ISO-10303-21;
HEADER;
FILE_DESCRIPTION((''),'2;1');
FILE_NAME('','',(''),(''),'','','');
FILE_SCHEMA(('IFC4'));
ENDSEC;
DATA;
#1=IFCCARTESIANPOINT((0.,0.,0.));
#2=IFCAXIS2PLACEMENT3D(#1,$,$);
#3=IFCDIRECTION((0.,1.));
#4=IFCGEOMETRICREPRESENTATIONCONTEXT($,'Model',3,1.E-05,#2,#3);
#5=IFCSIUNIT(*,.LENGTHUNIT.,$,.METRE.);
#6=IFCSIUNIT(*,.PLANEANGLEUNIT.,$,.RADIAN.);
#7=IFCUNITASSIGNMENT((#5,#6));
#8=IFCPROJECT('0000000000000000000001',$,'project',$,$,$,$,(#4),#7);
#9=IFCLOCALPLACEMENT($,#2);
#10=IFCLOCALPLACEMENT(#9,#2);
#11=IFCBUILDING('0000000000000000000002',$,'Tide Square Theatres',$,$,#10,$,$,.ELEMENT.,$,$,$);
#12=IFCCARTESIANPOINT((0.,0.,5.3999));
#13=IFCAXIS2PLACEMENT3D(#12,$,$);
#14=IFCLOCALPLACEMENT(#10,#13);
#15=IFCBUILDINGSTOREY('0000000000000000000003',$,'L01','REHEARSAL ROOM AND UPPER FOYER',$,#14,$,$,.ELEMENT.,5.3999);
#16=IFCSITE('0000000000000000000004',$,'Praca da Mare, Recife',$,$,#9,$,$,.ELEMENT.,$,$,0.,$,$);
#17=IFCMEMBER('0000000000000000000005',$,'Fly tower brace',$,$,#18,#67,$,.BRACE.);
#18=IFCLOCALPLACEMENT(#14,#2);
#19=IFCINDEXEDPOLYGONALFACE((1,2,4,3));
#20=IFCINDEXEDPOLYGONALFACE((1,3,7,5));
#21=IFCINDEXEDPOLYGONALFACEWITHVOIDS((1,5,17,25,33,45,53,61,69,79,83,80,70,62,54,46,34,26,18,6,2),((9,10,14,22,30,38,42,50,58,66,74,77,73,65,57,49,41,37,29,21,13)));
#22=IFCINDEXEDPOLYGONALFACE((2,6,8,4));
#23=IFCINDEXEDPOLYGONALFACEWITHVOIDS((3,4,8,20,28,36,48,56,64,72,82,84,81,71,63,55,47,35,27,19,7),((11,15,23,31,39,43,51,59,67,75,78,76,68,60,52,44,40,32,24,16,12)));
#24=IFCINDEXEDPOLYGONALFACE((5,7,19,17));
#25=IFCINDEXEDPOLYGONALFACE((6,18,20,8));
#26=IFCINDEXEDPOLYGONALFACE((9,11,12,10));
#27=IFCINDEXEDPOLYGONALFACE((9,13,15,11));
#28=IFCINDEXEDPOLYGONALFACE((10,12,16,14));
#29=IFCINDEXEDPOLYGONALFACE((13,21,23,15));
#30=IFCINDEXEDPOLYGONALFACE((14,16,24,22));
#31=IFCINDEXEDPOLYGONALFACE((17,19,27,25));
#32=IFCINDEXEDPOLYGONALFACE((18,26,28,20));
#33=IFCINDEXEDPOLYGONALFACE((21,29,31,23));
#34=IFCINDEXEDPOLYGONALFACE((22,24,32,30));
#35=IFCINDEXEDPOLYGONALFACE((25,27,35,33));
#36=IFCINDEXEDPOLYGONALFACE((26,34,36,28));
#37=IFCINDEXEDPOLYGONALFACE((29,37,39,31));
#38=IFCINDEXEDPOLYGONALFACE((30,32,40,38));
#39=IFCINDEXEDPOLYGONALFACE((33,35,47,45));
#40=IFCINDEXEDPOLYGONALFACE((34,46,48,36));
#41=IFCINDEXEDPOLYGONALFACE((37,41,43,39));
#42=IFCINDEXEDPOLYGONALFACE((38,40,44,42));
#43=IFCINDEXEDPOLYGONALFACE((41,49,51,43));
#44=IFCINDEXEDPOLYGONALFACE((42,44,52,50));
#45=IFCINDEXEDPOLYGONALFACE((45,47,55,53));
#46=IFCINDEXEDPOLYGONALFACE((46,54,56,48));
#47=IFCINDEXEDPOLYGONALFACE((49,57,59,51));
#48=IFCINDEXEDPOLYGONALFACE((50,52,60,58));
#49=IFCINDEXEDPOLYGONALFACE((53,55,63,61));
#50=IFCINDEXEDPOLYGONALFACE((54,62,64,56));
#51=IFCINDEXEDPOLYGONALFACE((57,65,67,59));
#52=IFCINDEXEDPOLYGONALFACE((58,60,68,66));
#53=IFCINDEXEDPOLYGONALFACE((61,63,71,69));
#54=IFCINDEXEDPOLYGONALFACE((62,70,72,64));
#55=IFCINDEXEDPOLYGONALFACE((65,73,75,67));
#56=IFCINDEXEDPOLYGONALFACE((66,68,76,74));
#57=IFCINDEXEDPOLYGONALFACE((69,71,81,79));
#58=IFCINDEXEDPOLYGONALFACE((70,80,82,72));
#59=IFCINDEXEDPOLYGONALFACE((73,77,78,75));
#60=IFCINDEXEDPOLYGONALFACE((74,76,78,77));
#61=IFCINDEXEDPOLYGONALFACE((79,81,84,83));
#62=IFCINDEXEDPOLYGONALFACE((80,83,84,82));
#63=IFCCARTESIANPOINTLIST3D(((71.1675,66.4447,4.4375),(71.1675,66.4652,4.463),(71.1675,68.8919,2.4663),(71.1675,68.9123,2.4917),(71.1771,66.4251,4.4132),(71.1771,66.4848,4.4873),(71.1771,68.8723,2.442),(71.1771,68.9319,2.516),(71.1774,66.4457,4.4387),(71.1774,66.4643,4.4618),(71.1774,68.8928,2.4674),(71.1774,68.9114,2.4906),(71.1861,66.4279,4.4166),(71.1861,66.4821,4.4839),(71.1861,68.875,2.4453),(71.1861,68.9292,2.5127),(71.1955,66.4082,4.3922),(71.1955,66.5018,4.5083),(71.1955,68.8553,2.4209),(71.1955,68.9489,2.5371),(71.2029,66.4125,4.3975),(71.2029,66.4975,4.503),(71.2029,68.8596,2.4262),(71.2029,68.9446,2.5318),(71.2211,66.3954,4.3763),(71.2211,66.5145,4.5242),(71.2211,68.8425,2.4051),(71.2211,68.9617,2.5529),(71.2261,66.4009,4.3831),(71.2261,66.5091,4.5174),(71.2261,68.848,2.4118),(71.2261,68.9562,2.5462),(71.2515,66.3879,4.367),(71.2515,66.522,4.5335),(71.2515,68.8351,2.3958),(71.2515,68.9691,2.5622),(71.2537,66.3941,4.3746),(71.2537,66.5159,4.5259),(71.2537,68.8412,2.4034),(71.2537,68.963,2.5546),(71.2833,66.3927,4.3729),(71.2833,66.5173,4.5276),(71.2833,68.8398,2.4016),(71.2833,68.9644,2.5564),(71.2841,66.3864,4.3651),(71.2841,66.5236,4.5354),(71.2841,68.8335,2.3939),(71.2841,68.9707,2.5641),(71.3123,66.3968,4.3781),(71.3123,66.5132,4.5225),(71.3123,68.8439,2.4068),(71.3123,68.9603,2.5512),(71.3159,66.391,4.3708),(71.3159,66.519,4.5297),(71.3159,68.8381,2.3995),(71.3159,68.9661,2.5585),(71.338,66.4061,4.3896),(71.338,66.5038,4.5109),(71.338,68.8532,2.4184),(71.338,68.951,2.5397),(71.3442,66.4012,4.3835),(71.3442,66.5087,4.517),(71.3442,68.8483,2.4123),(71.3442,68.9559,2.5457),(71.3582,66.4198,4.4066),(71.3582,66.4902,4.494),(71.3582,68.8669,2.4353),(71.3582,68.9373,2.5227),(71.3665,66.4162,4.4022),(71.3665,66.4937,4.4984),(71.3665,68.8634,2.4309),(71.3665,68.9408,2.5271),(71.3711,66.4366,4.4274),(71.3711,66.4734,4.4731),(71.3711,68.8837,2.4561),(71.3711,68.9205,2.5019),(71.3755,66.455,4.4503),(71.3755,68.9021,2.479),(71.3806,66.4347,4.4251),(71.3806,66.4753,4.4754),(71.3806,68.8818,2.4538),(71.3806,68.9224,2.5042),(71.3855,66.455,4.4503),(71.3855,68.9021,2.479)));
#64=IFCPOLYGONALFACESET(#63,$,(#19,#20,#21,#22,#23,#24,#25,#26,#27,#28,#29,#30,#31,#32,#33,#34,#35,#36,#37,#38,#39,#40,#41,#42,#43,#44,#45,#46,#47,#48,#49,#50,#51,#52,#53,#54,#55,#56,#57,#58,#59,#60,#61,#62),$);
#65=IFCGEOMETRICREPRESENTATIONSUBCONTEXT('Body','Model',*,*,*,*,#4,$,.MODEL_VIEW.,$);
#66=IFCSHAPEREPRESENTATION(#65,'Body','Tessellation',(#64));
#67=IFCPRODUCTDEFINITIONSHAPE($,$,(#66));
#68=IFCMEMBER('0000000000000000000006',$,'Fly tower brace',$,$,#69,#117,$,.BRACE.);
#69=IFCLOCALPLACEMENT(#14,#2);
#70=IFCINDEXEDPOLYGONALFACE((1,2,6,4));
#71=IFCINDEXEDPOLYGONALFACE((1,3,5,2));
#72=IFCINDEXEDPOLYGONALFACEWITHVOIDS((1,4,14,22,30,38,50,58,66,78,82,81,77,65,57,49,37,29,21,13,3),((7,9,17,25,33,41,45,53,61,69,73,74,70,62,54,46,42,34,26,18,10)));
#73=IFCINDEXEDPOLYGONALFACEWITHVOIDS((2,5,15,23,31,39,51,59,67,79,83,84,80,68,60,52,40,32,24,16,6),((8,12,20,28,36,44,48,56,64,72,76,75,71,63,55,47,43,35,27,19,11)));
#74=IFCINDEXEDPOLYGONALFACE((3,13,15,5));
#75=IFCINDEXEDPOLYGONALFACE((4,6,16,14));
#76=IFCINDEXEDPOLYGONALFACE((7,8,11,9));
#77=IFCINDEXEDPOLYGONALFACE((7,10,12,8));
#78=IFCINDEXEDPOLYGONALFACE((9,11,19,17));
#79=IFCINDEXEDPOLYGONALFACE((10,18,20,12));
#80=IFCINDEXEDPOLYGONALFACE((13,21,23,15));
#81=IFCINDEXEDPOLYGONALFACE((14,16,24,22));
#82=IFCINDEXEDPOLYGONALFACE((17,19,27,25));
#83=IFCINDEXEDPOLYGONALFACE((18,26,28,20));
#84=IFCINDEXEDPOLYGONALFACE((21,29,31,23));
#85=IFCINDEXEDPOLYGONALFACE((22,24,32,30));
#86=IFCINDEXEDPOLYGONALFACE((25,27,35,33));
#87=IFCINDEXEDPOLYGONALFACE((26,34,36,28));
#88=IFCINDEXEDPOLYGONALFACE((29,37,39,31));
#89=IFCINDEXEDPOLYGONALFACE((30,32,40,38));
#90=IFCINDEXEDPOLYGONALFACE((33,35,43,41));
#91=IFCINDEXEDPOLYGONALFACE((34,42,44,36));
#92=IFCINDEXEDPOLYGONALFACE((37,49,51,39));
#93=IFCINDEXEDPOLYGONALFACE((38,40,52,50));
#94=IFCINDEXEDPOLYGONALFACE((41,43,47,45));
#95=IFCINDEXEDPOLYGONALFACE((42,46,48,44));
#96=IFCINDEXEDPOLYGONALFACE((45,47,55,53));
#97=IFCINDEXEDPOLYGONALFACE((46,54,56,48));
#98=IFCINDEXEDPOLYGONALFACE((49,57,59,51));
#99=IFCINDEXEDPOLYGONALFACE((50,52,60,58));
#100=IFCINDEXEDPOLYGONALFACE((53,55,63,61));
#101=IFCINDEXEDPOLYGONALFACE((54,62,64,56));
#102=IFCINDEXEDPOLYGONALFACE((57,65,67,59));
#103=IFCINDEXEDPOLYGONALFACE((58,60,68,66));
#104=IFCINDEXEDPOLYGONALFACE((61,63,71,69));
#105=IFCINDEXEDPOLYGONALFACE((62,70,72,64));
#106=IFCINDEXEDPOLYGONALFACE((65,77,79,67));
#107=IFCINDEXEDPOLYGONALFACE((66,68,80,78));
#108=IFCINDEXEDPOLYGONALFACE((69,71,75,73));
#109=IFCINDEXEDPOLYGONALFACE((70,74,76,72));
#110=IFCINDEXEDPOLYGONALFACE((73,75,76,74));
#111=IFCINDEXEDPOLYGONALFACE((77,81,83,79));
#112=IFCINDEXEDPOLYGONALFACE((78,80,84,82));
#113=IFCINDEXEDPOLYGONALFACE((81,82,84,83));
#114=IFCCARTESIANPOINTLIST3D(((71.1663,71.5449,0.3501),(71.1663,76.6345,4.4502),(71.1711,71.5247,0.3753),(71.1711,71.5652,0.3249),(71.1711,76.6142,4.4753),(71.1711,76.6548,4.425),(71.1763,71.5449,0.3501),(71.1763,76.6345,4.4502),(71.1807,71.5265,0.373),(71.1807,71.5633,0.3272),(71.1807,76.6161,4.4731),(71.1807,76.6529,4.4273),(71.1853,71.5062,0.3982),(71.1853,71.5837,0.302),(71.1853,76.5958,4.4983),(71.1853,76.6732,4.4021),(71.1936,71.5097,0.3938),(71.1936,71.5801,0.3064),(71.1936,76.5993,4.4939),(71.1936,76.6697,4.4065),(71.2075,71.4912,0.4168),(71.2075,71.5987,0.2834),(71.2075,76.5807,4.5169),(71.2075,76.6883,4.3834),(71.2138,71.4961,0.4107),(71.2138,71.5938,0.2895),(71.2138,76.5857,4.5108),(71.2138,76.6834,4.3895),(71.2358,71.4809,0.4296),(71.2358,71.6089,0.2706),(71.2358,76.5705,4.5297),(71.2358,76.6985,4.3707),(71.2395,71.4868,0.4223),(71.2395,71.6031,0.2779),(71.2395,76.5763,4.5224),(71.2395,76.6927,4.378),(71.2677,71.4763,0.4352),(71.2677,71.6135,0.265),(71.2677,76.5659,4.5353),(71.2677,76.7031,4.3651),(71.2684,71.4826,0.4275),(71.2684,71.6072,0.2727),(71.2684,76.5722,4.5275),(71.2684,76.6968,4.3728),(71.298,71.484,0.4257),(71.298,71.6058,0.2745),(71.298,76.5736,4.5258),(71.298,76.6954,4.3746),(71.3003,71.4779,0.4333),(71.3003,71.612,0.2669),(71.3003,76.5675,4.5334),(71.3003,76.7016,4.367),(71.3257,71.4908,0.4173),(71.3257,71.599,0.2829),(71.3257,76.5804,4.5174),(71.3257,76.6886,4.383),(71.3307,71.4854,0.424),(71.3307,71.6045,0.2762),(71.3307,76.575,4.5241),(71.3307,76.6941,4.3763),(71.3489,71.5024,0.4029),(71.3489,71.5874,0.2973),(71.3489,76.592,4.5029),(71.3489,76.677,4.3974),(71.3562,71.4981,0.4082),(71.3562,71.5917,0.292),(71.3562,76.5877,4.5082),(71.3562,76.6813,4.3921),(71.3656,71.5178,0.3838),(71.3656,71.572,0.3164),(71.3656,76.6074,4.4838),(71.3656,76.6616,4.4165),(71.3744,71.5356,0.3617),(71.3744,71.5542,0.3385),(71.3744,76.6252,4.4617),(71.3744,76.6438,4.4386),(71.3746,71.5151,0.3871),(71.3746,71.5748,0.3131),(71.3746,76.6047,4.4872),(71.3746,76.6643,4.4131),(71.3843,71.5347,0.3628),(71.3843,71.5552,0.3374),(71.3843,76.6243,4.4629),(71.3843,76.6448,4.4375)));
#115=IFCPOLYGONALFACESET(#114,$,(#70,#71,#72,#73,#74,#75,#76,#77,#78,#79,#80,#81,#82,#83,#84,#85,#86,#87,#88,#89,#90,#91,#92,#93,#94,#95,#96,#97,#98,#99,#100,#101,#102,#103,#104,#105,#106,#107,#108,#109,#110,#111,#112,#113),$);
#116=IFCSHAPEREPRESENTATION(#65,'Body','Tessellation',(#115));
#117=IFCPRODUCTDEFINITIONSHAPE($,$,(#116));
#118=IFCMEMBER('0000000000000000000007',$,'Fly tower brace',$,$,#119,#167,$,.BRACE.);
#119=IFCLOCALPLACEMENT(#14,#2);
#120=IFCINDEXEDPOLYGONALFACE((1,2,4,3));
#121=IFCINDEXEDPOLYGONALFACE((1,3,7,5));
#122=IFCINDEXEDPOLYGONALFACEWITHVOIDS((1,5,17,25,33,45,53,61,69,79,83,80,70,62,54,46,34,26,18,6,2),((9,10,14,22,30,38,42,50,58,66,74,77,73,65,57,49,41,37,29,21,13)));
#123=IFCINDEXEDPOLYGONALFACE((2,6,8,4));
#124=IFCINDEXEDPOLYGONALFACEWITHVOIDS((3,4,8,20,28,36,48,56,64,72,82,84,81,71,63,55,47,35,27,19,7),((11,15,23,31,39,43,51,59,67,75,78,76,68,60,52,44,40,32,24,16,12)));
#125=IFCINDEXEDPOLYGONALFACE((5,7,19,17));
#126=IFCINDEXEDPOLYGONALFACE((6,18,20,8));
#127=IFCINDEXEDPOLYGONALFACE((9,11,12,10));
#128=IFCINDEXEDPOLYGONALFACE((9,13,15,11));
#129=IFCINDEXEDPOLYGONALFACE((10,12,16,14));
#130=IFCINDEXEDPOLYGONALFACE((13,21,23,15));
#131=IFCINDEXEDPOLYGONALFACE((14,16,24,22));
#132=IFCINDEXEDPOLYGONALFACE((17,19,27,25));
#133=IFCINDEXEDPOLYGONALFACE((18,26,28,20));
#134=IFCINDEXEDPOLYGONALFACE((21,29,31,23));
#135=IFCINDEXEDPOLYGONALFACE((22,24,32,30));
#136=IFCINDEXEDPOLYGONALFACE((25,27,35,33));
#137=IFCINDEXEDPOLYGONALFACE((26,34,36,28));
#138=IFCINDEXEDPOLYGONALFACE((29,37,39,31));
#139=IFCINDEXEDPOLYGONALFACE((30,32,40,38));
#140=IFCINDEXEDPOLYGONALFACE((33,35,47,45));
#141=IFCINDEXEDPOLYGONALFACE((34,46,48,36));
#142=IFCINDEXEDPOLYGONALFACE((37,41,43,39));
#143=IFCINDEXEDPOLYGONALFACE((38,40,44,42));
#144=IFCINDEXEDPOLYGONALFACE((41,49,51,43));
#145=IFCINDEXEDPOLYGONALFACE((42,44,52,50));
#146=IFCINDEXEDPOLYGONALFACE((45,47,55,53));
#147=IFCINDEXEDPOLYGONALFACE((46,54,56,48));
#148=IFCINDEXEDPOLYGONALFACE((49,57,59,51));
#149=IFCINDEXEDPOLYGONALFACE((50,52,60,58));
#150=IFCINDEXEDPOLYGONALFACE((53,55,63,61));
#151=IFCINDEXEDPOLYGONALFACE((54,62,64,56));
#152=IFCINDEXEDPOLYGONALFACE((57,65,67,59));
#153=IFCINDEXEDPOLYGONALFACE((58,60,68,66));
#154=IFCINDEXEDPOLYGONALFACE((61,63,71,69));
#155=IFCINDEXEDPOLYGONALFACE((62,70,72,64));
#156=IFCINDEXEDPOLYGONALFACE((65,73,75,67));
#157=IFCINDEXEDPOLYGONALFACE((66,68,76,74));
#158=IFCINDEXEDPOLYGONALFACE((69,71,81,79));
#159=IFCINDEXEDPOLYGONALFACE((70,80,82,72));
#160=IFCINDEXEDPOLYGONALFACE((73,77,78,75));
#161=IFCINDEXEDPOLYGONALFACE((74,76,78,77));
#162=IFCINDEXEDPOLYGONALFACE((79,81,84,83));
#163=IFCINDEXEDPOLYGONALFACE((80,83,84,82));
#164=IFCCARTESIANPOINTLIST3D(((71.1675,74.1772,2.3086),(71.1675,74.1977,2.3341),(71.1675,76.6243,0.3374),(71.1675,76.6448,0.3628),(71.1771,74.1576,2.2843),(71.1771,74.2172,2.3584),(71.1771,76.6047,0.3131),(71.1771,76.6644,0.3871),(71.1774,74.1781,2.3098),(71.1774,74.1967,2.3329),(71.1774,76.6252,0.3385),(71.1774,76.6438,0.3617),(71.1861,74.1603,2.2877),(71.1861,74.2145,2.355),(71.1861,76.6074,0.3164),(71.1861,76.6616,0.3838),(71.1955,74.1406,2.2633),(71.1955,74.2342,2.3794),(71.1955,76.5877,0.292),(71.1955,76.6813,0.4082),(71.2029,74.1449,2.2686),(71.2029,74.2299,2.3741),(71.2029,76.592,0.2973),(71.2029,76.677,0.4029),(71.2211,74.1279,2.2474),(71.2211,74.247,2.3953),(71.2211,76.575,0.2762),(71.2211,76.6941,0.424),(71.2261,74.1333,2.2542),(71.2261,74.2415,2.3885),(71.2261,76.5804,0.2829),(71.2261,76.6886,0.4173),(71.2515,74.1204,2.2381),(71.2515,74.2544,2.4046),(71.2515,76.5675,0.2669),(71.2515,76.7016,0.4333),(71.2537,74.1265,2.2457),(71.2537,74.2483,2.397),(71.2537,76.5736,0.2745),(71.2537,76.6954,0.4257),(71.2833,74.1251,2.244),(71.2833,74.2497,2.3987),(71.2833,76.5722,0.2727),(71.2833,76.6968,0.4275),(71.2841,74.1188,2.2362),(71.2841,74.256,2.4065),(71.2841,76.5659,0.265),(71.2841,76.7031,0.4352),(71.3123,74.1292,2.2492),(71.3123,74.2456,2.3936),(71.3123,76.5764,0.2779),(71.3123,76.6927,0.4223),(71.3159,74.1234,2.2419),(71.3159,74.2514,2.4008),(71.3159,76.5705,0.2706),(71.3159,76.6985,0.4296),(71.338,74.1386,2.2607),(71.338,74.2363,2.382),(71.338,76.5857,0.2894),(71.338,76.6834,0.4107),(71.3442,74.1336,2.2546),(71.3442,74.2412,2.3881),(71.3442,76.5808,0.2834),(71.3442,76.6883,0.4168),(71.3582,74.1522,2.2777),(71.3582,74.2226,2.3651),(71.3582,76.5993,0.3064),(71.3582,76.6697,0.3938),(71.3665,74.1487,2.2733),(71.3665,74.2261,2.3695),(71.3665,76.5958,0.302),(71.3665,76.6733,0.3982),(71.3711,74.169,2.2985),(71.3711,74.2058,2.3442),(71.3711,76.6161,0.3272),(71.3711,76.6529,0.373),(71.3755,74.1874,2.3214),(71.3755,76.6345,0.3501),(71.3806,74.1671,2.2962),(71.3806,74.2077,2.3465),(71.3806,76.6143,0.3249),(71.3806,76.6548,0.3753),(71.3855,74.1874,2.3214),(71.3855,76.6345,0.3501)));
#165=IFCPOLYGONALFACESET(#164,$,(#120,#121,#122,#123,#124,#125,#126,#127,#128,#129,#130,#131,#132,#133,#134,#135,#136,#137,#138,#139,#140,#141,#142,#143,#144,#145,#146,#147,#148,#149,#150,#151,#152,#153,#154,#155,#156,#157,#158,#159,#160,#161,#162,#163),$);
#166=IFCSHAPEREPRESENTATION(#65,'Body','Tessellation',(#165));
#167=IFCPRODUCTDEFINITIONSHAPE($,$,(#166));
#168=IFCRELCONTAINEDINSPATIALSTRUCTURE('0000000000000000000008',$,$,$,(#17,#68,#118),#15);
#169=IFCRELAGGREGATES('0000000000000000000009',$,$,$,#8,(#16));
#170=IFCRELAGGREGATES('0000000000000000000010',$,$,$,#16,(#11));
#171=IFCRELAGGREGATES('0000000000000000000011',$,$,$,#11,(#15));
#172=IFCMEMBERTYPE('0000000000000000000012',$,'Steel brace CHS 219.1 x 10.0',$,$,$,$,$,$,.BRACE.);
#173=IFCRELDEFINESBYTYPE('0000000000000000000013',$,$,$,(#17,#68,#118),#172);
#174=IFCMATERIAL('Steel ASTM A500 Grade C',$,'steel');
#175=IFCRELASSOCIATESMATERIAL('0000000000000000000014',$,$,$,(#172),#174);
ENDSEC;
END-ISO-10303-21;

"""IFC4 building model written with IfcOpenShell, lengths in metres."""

from ifc_helpers import new_model, si_unit, direction, frame, origin, origin_2d, place, context, subcontext, project, spatial, hollow_circle, extrude, material, material_profile, profile_set, type_object, element, save


model = new_model("IFC4")

# Units and contexts
model_context = context("Model", 3, precision=1e-05, world=origin(), true_north=direction((0.0, 1.0)))
body_context = subcontext(model_context, "Body", "Model", "MODEL_VIEW")
ifc_project = project(units=[si_unit("LENGTHUNIT", "METRE"), si_unit("PLANEANGLEUNIT", "RADIAN")], contexts=[model_context])

# Site, building, storey
site_placement = place(None, origin())
site = spatial("IfcSite", under=ifc_project, at=site_placement, Name="Praca da Mare, Recife", CompositionType="ELEMENT", RefElevation=0.0)
building_placement = place(site_placement, origin())
building = spatial("IfcBuilding", under=site, at=building_placement, Name="Tide Square Theatres", CompositionType="ELEMENT")
storey_placement = place(building_placement, frame((0.0, 0.0, 5.3999)))
storey = spatial("IfcBuildingStorey", under=building, at=storey_placement, Name="L01", Description="REHEARSAL ROOM AND UPPER FOYER", CompositionType="ELEMENT", Elevation=5.3999)

# Members
ifc_material_1 = material(Name="Steel ASTM A500 Grade C", Category="steel")
ifc_material_profile_1 = material_profile(ifc_material_1, hollow_circle(Radius=0.1096, WallThickness=0.01, at=origin_2d()))
ifc_profile_set_1 = profile_set([ifc_material_profile_1], Name="Steel ASTM A500 Grade C")
member_type = type_object("IfcMemberType", Name="Steel brace CHS 219.1 x 10.0", PredefinedType="BRACE", material=ifc_profile_set_1)
for number, where, z_axis, x_axis, name in (
    (1, (71.2759, 68.9021, 2.479), (0.0, -0.778757, 0.627326), (1.0, 0.0, 0.0), "Fly tower brace"),
):
    element("IfcMember", number, at=place(storey_placement, frame(where, z_axis=z_axis, x_axis=x_axis)), inside=storey, type_object=member_type, Name=name, PredefinedType="BRACE", context=body_context, shape_type="SweptSolid", body=[
        extrude(hollow_circle(Radius=0.1096, WallThickness=0.01, at=origin_2d()), origin(), (0.0, 0.0, 1.0), 3.1423),
    ])
member_1_placement = place(storey_placement, frame((71.2759, 71.5449, 0.3501), z_axis=(0.0, 0.778743, 0.627343), x_axis=(-1.0, 0.0, 0.0)))
element("IfcMember", 2, at=member_1_placement, inside=storey, type_object=member_type, Name="Fly tower brace", PredefinedType="BRACE", context=body_context, shape_type="SweptSolid", body=[
    extrude(hollow_circle(Radius=0.1096, WallThickness=0.01, at=origin_2d()), origin(), (0.0, 0.0, 1.0), 6.5356),
])
member_2_placement = place(storey_placement, frame((71.2759, 76.6345, 0.3501), z_axis=(0.0, -0.778757, 0.627326), x_axis=(1.0, 0.0, 0.0)))
element("IfcMember", 3, at=member_2_placement, inside=storey, type_object=member_type, Name="Fly tower brace", PredefinedType="BRACE", context=body_context, shape_type="SweptSolid", body=[
    extrude(hollow_circle(Radius=0.1096, WallThickness=0.01, at=origin_2d()), origin(), (0.0, 0.0, 1.0), 3.1423),
])

save(model, "model.ifc")
